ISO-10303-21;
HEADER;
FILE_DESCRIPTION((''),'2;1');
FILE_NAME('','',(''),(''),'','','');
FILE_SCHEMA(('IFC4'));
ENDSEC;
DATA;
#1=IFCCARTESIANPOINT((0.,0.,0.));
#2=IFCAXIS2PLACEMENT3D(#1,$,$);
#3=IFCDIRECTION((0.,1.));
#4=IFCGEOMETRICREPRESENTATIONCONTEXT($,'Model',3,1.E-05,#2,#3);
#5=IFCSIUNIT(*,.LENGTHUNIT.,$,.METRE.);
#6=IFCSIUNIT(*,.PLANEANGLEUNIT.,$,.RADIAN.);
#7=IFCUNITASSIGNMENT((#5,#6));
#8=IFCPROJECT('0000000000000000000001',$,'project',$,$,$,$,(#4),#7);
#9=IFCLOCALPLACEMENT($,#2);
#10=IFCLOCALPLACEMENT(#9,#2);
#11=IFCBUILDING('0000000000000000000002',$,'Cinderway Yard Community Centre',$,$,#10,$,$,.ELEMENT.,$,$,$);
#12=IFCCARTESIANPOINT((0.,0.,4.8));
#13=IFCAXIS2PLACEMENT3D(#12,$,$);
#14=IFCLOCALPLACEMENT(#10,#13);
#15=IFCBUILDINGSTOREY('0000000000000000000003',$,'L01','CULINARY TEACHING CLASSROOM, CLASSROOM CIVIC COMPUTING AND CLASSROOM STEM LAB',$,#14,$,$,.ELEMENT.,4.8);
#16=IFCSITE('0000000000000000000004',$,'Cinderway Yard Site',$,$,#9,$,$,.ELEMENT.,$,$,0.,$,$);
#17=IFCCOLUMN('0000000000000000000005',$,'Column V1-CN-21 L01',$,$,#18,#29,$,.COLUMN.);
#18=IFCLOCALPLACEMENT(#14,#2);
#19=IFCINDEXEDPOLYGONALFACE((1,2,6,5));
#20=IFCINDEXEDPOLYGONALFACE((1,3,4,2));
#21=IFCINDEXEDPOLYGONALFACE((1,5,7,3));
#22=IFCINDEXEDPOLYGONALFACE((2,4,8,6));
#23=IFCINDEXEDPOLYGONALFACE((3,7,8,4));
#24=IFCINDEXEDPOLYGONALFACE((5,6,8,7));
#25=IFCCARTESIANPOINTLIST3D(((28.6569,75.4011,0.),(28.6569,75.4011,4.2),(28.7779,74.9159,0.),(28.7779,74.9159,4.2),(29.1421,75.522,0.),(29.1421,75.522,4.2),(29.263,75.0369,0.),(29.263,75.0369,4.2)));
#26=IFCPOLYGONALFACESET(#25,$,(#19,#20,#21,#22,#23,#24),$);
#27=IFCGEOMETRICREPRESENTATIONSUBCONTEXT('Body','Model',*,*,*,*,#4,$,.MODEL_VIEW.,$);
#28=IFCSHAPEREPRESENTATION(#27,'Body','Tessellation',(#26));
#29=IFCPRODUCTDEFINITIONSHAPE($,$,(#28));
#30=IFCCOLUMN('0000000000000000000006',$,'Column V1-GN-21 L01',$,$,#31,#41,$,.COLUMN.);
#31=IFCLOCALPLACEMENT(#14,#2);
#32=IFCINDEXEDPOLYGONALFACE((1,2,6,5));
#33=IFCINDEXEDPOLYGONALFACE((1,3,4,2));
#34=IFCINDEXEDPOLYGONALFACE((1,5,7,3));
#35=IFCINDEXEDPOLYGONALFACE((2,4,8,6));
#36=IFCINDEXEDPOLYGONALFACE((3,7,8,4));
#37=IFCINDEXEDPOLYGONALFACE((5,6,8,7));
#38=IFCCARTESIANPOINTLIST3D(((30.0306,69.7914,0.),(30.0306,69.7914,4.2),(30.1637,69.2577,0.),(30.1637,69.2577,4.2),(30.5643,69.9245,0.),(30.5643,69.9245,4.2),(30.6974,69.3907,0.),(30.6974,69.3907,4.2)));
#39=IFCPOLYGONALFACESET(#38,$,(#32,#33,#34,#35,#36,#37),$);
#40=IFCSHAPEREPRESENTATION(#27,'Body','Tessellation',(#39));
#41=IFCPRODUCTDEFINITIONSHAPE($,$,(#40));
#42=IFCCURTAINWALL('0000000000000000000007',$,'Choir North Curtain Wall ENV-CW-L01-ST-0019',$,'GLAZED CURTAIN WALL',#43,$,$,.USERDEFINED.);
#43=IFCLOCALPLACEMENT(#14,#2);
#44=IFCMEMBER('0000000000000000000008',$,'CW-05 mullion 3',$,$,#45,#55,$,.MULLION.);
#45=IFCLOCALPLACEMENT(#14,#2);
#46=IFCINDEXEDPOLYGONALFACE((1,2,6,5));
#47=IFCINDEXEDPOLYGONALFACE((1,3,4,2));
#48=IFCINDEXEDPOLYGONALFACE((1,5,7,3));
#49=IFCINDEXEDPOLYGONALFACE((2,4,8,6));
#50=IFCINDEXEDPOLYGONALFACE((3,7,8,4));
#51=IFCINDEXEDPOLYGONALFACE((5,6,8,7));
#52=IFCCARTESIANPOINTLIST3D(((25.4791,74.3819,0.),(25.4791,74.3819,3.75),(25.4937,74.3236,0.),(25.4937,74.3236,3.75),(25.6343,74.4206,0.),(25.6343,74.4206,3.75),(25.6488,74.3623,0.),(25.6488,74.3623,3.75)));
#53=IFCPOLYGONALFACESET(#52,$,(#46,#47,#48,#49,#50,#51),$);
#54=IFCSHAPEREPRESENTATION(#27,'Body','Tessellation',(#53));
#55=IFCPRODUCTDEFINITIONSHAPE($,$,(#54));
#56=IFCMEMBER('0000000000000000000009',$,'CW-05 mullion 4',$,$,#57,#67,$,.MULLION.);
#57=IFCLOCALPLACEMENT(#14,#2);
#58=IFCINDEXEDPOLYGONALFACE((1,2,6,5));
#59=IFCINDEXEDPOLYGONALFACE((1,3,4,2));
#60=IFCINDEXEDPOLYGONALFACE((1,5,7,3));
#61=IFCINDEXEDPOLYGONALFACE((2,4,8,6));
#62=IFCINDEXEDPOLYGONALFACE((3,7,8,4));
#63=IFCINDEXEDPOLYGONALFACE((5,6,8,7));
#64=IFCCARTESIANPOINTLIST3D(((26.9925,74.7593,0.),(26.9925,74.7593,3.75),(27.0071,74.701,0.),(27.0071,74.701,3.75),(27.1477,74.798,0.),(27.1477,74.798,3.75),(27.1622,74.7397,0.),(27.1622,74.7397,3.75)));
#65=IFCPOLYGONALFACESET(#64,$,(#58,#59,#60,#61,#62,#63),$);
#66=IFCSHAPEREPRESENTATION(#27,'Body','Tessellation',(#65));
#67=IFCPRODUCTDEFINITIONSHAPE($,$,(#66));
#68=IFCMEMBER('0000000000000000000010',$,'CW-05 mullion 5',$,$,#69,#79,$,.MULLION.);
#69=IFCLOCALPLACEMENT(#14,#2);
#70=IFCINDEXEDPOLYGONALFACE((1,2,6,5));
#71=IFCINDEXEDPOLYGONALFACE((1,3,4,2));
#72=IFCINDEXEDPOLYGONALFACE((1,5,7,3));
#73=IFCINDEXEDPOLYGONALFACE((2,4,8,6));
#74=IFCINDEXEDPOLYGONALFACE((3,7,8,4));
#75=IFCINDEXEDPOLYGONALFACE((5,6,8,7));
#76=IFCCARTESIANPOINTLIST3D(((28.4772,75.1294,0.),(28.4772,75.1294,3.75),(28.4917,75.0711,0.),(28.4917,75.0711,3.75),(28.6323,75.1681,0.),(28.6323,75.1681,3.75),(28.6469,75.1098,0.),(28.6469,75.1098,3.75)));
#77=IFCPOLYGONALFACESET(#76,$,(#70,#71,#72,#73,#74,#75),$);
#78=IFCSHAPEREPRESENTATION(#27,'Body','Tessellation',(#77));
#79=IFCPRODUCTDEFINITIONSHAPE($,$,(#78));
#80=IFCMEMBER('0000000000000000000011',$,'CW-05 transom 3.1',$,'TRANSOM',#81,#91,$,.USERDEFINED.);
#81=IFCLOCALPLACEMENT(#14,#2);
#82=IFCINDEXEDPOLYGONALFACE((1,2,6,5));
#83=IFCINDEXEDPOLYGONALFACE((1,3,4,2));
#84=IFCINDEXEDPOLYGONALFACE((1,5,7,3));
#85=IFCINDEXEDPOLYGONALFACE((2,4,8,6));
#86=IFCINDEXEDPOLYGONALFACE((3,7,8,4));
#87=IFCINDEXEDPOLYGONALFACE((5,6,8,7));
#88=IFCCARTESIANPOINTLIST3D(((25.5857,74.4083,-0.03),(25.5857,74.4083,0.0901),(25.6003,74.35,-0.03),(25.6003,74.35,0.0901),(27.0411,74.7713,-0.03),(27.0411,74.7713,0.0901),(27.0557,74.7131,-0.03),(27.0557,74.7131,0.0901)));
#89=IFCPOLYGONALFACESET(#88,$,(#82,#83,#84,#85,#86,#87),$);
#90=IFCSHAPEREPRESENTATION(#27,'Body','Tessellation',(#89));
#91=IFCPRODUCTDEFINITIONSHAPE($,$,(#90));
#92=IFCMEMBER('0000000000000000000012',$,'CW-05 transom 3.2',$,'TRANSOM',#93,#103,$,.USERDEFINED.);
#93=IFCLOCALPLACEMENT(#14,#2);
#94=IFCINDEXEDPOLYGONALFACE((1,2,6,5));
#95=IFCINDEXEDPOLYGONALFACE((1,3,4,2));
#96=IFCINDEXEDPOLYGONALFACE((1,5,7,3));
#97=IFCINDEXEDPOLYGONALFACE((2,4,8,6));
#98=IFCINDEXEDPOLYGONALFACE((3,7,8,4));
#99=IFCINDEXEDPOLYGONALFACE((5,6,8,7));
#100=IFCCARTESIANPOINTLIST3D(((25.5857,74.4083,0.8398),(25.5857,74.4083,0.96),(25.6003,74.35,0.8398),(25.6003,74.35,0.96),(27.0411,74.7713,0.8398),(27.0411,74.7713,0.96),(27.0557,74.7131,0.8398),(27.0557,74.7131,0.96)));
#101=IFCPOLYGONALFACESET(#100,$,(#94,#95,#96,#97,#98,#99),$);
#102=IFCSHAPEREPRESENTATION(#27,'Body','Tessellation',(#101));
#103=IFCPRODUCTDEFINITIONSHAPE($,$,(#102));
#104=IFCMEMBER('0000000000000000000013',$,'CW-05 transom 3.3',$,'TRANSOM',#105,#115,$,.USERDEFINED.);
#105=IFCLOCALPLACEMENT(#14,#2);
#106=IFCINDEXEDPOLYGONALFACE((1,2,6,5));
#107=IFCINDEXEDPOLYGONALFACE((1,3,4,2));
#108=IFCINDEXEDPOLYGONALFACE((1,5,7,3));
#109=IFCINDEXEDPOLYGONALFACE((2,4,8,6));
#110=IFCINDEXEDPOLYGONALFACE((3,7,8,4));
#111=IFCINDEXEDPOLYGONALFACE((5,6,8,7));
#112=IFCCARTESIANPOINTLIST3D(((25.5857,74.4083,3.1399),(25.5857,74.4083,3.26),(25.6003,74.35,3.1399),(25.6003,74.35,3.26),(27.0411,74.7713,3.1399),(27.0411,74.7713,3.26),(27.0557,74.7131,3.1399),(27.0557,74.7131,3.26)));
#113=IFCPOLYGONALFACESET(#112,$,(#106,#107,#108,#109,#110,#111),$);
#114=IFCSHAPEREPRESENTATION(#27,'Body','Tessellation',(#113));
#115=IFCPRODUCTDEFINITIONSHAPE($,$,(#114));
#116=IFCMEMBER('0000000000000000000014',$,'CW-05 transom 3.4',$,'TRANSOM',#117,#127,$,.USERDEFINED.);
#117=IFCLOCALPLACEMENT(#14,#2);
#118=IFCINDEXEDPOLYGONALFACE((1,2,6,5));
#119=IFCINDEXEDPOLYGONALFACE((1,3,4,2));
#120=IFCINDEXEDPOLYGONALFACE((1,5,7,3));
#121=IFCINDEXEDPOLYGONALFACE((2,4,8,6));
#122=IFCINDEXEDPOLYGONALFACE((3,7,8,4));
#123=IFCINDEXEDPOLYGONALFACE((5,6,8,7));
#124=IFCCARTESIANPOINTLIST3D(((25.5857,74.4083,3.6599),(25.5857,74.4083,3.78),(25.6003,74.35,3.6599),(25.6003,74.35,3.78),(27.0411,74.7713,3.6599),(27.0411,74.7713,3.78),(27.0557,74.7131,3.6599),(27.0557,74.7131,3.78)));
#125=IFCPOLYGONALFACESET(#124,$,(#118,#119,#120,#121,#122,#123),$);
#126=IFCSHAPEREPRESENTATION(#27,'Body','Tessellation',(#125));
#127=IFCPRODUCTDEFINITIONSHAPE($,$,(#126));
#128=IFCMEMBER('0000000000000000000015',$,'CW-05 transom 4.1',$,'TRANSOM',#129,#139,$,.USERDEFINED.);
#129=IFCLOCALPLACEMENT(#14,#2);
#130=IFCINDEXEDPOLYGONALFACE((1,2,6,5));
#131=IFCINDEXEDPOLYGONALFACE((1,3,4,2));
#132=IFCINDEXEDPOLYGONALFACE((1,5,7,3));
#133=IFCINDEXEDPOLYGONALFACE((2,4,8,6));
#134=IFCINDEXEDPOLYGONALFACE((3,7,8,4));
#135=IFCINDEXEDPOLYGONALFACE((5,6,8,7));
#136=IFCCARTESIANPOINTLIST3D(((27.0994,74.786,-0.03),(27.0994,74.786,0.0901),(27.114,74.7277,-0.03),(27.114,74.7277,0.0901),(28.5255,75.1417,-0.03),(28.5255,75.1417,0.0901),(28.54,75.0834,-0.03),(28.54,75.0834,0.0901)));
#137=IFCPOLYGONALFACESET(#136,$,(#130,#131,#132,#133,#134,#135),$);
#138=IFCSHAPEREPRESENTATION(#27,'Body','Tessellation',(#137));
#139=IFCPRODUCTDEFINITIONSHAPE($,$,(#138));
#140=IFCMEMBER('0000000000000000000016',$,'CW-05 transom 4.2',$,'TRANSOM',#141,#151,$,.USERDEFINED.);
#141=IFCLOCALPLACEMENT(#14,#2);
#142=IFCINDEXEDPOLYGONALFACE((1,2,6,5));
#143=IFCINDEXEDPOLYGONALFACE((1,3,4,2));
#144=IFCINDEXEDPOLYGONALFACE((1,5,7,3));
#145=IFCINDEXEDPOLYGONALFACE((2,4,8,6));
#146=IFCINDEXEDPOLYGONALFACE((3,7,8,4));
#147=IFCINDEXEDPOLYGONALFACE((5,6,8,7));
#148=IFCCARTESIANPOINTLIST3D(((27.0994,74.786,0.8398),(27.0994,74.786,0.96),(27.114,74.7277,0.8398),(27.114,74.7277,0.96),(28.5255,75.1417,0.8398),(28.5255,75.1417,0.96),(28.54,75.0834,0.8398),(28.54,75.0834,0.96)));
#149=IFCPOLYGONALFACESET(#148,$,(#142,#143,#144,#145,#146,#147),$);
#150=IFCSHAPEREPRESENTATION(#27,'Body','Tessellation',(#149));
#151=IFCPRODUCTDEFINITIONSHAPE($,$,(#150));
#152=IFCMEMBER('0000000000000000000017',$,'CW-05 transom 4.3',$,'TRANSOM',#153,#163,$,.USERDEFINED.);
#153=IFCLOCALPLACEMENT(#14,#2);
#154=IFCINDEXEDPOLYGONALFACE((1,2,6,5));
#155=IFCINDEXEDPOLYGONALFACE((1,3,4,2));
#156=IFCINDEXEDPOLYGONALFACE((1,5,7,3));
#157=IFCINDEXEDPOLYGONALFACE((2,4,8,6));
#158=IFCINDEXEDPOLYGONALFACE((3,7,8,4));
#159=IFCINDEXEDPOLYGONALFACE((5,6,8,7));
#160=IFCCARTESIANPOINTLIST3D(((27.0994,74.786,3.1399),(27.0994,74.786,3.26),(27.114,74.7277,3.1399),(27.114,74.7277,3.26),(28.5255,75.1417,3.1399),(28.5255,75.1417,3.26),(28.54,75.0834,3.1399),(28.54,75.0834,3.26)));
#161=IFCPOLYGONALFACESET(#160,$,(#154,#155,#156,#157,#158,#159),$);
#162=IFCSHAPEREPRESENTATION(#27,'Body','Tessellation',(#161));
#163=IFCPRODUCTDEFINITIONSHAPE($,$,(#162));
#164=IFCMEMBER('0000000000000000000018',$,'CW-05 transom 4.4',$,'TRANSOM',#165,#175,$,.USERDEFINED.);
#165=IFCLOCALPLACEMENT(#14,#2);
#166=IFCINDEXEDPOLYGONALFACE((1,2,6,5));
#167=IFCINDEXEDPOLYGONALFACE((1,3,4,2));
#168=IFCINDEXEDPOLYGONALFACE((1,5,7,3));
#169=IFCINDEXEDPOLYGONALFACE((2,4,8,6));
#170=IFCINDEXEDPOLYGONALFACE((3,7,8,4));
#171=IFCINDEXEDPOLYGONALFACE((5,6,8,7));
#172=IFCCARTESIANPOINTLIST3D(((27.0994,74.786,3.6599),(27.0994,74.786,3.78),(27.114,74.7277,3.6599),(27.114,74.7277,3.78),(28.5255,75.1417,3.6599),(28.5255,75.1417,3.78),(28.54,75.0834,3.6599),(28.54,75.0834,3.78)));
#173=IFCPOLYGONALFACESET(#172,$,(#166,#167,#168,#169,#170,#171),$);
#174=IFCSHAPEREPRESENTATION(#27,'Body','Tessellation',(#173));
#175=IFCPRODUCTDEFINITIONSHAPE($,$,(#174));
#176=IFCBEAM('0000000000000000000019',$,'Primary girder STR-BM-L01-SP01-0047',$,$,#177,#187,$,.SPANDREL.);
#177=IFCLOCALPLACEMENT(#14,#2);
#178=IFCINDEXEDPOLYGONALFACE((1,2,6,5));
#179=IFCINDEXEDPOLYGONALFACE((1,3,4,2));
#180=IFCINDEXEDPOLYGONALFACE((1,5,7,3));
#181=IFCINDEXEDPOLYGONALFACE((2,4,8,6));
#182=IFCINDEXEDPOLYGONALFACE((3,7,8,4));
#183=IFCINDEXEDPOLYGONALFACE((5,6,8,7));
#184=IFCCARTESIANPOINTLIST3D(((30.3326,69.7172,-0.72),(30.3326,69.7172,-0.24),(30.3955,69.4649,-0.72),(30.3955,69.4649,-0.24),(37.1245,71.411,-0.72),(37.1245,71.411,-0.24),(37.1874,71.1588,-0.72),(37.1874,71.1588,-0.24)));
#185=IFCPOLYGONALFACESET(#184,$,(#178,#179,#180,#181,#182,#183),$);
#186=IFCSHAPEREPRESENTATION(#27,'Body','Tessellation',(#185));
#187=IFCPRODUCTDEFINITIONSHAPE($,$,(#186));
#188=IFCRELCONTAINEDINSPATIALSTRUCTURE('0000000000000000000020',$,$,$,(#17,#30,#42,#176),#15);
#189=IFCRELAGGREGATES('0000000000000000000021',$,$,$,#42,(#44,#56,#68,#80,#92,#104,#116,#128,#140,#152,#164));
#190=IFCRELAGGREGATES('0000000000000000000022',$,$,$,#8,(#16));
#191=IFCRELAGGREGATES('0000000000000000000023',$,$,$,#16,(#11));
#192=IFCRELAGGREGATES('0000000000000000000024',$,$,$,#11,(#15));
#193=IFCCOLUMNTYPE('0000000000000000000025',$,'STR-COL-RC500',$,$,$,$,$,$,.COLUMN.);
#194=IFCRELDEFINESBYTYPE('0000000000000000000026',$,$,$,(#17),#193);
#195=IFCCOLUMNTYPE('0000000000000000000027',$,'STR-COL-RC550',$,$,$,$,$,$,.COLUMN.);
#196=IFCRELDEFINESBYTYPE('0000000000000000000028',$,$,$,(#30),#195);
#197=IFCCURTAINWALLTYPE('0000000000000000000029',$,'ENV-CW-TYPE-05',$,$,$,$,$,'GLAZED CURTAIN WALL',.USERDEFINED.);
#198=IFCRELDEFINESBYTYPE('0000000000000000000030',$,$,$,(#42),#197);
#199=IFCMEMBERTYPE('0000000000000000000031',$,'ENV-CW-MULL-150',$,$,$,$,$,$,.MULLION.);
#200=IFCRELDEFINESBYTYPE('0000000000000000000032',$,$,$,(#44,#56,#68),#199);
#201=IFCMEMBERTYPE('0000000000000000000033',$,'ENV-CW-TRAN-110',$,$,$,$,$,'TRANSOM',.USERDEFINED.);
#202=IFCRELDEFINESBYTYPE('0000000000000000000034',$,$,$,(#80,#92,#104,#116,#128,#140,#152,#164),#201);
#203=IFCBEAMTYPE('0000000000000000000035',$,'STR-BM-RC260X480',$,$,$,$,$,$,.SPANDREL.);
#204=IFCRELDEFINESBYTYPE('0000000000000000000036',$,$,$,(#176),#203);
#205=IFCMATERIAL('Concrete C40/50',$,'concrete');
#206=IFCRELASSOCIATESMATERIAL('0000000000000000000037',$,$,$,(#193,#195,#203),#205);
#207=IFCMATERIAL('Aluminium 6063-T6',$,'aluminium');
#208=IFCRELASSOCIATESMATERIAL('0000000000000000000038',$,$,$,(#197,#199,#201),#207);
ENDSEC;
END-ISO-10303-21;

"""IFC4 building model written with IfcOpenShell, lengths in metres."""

from ifc_helpers import new_model, si_unit, direction, frame, origin, origin_2d, place, context, subcontext, project, spatial, rectangle, extrude, material, material_profile, profile_set, type_object, element, aggregate, save


model = new_model("IFC4")

# Units and contexts
model_context = context("Model", 3, precision=1e-05, world=origin(), true_north=direction((0.0, 1.0)))
body_context = subcontext(model_context, "Body", "Model", "MODEL_VIEW")
ifc_project = project(units=[si_unit("LENGTHUNIT", "METRE"), si_unit("PLANEANGLEUNIT", "RADIAN")], contexts=[model_context])

# Site, building, storey
site_placement = place(None, origin())
site = spatial("IfcSite", under=ifc_project, at=site_placement, Name="Cinderway Yard Site", CompositionType="ELEMENT", RefElevation=0.0)
building_placement = place(site_placement, origin())
building = spatial("IfcBuilding", under=site, at=building_placement, Name="Cinderway Yard Community Centre", CompositionType="ELEMENT")
storey_placement = place(building_placement, frame((0.0, 0.0, 4.8)))
storey = spatial("IfcBuildingStorey", under=building, at=storey_placement, Name="L01", Description="CULINARY TEACHING CLASSROOM, CLASSROOM CIVIC COMPUTING AND CLASSROOM STEM LAB", CompositionType="ELEMENT", Elevation=4.8)

# Columns
ifc_material_1 = material(Name="Concrete C40/50", Category="concrete")
ifc_material_profile_1 = material_profile(ifc_material_1, rectangle(XDim=0.5, YDim=0.5, at=origin_2d()), Name="Concrete C40/50")
ifc_profile_set_1 = profile_set([ifc_material_profile_1], Name="Concrete C40/50")
column_type_1 = type_object("IfcColumnType", Name="STR-COL-RC500", PredefinedType="COLUMN", material=ifc_profile_set_1)
column_1_placement = place(storey_placement, frame((28.96, 75.219, 0.0), z_axis=(0.0, 0.0, 1.0), x_axis=(0.970296, 0.241922, 0.0)))
element("IfcColumn", 1, at=column_1_placement, inside=storey, type_object=column_type_1, Name="Column V1-CN-21 L01", PredefinedType="COLUMN", context=body_context, shape_type="SweptSolid", body=[
    extrude(rectangle(XDim=0.5, YDim=0.5, at=origin_2d()), origin(), (0.0, 0.0, 1.0), 4.2),
])
ifc_material_profile_2 = material_profile(ifc_material_1, rectangle(XDim=0.55, YDim=0.55, at=origin_2d()), Name="Concrete C40/50")
ifc_profile_set_2 = profile_set([ifc_material_profile_2], Name="Concrete C40/50")
column_type_2 = type_object("IfcColumnType", Name="STR-COL-RC550", PredefinedType="COLUMN", material=ifc_profile_set_2)
column_2_placement = place(storey_placement, frame((30.364, 69.5911, 0.0), z_axis=(0.0, 0.0, 1.0), x_axis=(0.970296, 0.241922, 0.0)))
element("IfcColumn", 2, at=column_2_placement, inside=storey, type_object=column_type_2, Name="Column V1-GN-21 L01", PredefinedType="COLUMN", context=body_context, shape_type="SweptSolid", body=[
    extrude(rectangle(XDim=0.55, YDim=0.55, at=origin_2d()), origin(), (0.0, 0.0, 1.0), 4.2),
])

# Curtain wall, members
ifc_material_2 = material(Name="Aluminium 6063-T6", Category="aluminium")
curtain_wall_type = type_object("IfcCurtainWallType", Name="ENV-CW-TYPE-05", ElementType="GLAZED CURTAIN WALL", PredefinedType="USERDEFINED", material=ifc_material_2)
curtain_wall_placement = place(storey_placement, origin())
curtain_wall = element("IfcCurtainWall", 3, at=curtain_wall_placement, inside=storey, type_object=curtain_wall_type, Name="Choir North Curtain Wall ENV-CW-L01-ST-0019", ObjectType="GLAZED CURTAIN WALL", PredefinedType="USERDEFINED")
ifc_material_profile_3 = material_profile(ifc_material_2, rectangle(XDim=0.0601, YDim=0.1599, at=origin_2d()), Name="Aluminium 6063-T6")
ifc_profile_set_3 = profile_set([ifc_material_profile_3], Name="Aluminium 6063-T6")
member_type_1 = type_object("IfcMemberType", Name="ENV-CW-MULL-150", PredefinedType="MULLION", material=ifc_profile_set_3)
member_1_placement = place(storey_placement, frame((25.564, 74.3721, 0.0), z_axis=(0.0, 0.0, 1.0), x_axis=(-0.242008, 0.970274, 0.0)))
member_1 = element("IfcMember", 4, at=member_1_placement, type_object=member_type_1, Name="CW-05 mullion 3", PredefinedType="MULLION", context=body_context, shape_type="SweptSolid", body=[
    extrude(rectangle(XDim=0.0601, YDim=0.1599, at=origin_2d()), origin(), (0.0, 0.0, 1.0), 3.75),
])
member_2_placement = place(storey_placement, frame((27.0774, 74.7495, 0.0), z_axis=(0.0, 0.0, 1.0), x_axis=(-0.242008, 0.970274, 0.0)))
member_2 = element("IfcMember", 5, at=member_2_placement, type_object=member_type_1, Name="CW-05 mullion 4", PredefinedType="MULLION", context=body_context, shape_type="SweptSolid", body=[
    extrude(rectangle(XDim=0.0601, YDim=0.1599, at=origin_2d()), origin(), (0.0, 0.0, 1.0), 3.75),
])
member_3_placement = place(storey_placement, frame((28.562, 75.1196, 0.0), z_axis=(0.0, 0.0, 1.0), x_axis=(-0.242008, 0.970274, 0.0)))
member_3 = element("IfcMember", 6, at=member_3_placement, type_object=member_type_1, Name="CW-05 mullion 5", PredefinedType="MULLION", context=body_context, shape_type="SweptSolid", body=[
    extrude(rectangle(XDim=0.0601, YDim=0.1599, at=origin_2d()), origin(), (0.0, 0.0, 1.0), 3.75),
])
ifc_material_profile_4 = material_profile(ifc_material_2, rectangle(XDim=0.0601, YDim=0.1201, at=origin_2d()), Name="Aluminium 6063-T6")
ifc_profile_set_4 = profile_set([ifc_material_profile_4], Name="Aluminium 6063-T6")
member_type_2 = type_object("IfcMemberType", Name="ENV-CW-TRAN-110", ElementType="TRANSOM", PredefinedType="USERDEFINED", material=ifc_profile_set_4)
member_4_placement = place(storey_placement, frame((25.593, 74.3792, 0.03), z_axis=(0.970267, 0.242038, 0.0), x_axis=(-0.242038, 0.970267, 0.0)))
member_4 = element("IfcMember", 7, at=member_4_placement, type_object=member_type_2, Name="CW-05 transom 3.1", ObjectType="TRANSOM", PredefinedType="USERDEFINED", context=body_context, shape_type="SweptSolid", body=[
    extrude(rectangle(XDim=0.0601, YDim=0.1201, at=origin_2d()), origin(), (0.0, 0.0, 1.0), 1.5),
])
member_5_placement = place(storey_placement, frame((25.593, 74.3792, 0.8999), z_axis=(0.970267, 0.242038, 0.0), x_axis=(-0.242038, 0.970267, 0.0)))
member_5 = element("IfcMember", 8, at=member_5_placement, type_object=member_type_2, Name="CW-05 transom 3.2", ObjectType="TRANSOM", PredefinedType="USERDEFINED", context=body_context, shape_type="SweptSolid", body=[
    extrude(rectangle(XDim=0.0601, YDim=0.1201, at=origin_2d()), origin(), (0.0, 0.0, 1.0), 1.5),
])
member_6_placement = place(storey_placement, frame((25.593, 74.3792, 3.2), z_axis=(0.970267, 0.242038, 0.0), x_axis=(-0.242038, 0.970267, 0.0)))
member_6 = element("IfcMember", 9, at=member_6_placement, type_object=member_type_2, Name="CW-05 transom 3.3", ObjectType="TRANSOM", PredefinedType="USERDEFINED", context=body_context, shape_type="SweptSolid", body=[
    extrude(rectangle(XDim=0.0601, YDim=0.1201, at=origin_2d()), origin(), (0.0, 0.0, 1.0), 1.5),
])
member_7_placement = place(storey_placement, frame((25.593, 74.3792, 3.72), z_axis=(0.970267, 0.242038, 0.0), x_axis=(-0.242038, 0.970267, 0.0)))
member_7 = element("IfcMember", 10, at=member_7_placement, type_object=member_type_2, Name="CW-05 transom 3.4", ObjectType="TRANSOM", PredefinedType="USERDEFINED", context=body_context, shape_type="SweptSolid", body=[
    extrude(rectangle(XDim=0.0601, YDim=0.1201, at=origin_2d()), origin(), (0.0, 0.0, 1.0), 1.5),
])
member_8_placement = place(storey_placement, frame((27.1067, 74.7568, 0.03), z_axis=(0.970269, 0.242027, 0.0), x_axis=(-0.242027, 0.970269, 0.0)))
member_8 = element("IfcMember", 11, at=member_8_placement, type_object=member_type_2, Name="CW-05 transom 4.1", ObjectType="TRANSOM", PredefinedType="USERDEFINED", context=body_context, shape_type="SweptSolid", body=[
    extrude(rectangle(XDim=0.0601, YDim=0.1201, at=origin_2d()), origin(), (0.0, 0.0, 1.0), 1.4697),
])
member_9_placement = place(storey_placement, frame((27.1067, 74.7568, 0.8999), z_axis=(0.970269, 0.242027, 0.0), x_axis=(-0.242027, 0.970269, 0.0)))
member_9 = element("IfcMember", 12, at=member_9_placement, type_object=member_type_2, Name="CW-05 transom 4.2", ObjectType="TRANSOM", PredefinedType="USERDEFINED", context=body_context, shape_type="SweptSolid", body=[
    extrude(rectangle(XDim=0.0601, YDim=0.1201, at=origin_2d()), origin(), (0.0, 0.0, 1.0), 1.4697),
])
member_10_placement = place(storey_placement, frame((27.1067, 74.7568, 3.2), z_axis=(0.970269, 0.242027, 0.0), x_axis=(-0.242027, 0.970269, 0.0)))
member_10 = element("IfcMember", 13, at=member_10_placement, type_object=member_type_2, Name="CW-05 transom 4.3", ObjectType="TRANSOM", PredefinedType="USERDEFINED", context=body_context, shape_type="SweptSolid", body=[
    extrude(rectangle(XDim=0.0601, YDim=0.1201, at=origin_2d()), origin(), (0.0, 0.0, 1.0), 1.4697),
])
member_11_placement = place(storey_placement, frame((27.1067, 74.7568, 3.72), z_axis=(0.970269, 0.242027, 0.0), x_axis=(-0.242027, 0.970269, 0.0)))
member_11 = element("IfcMember", 14, at=member_11_placement, type_object=member_type_2, Name="CW-05 transom 4.4", ObjectType="TRANSOM", PredefinedType="USERDEFINED", context=body_context, shape_type="SweptSolid", body=[
    extrude(rectangle(XDim=0.0601, YDim=0.1201, at=origin_2d()), origin(), (0.0, 0.0, 1.0), 1.4697),
])

# Beam
ifc_material_profile_5 = material_profile(ifc_material_1, rectangle(XDim=0.26, YDim=0.48, at=origin_2d()), Name="Concrete C40/50")
ifc_profile_set_5 = profile_set([ifc_material_profile_5], Name="Concrete C40/50")
beam_type_1 = type_object("IfcBeamType", Name="STR-BM-RC260X480", PredefinedType="SPANDREL", material=ifc_profile_set_5)
beam_1_placement = place(storey_placement, frame((30.364, 69.5911, -0.48), z_axis=(0.970282, 0.241978, 0.0), x_axis=(-0.241978, 0.970282, 0.0)))
element("IfcBeam", 15, at=beam_1_placement, inside=storey, type_object=beam_type_1, Name="Primary girder STR-BM-L01-SP01-0047", PredefinedType="SPANDREL", context=body_context, shape_type="SweptSolid", body=[
    extrude(rectangle(XDim=0.26, YDim=0.48, at=origin_2d()), origin(), (0.0, 0.0, 1.0), 7.0),
])

aggregate(curtain_wall, [member_1, member_2, member_3, member_4, member_5, member_6, member_7, member_8, member_9, member_10, member_11])

save(model, "model.ifc")
